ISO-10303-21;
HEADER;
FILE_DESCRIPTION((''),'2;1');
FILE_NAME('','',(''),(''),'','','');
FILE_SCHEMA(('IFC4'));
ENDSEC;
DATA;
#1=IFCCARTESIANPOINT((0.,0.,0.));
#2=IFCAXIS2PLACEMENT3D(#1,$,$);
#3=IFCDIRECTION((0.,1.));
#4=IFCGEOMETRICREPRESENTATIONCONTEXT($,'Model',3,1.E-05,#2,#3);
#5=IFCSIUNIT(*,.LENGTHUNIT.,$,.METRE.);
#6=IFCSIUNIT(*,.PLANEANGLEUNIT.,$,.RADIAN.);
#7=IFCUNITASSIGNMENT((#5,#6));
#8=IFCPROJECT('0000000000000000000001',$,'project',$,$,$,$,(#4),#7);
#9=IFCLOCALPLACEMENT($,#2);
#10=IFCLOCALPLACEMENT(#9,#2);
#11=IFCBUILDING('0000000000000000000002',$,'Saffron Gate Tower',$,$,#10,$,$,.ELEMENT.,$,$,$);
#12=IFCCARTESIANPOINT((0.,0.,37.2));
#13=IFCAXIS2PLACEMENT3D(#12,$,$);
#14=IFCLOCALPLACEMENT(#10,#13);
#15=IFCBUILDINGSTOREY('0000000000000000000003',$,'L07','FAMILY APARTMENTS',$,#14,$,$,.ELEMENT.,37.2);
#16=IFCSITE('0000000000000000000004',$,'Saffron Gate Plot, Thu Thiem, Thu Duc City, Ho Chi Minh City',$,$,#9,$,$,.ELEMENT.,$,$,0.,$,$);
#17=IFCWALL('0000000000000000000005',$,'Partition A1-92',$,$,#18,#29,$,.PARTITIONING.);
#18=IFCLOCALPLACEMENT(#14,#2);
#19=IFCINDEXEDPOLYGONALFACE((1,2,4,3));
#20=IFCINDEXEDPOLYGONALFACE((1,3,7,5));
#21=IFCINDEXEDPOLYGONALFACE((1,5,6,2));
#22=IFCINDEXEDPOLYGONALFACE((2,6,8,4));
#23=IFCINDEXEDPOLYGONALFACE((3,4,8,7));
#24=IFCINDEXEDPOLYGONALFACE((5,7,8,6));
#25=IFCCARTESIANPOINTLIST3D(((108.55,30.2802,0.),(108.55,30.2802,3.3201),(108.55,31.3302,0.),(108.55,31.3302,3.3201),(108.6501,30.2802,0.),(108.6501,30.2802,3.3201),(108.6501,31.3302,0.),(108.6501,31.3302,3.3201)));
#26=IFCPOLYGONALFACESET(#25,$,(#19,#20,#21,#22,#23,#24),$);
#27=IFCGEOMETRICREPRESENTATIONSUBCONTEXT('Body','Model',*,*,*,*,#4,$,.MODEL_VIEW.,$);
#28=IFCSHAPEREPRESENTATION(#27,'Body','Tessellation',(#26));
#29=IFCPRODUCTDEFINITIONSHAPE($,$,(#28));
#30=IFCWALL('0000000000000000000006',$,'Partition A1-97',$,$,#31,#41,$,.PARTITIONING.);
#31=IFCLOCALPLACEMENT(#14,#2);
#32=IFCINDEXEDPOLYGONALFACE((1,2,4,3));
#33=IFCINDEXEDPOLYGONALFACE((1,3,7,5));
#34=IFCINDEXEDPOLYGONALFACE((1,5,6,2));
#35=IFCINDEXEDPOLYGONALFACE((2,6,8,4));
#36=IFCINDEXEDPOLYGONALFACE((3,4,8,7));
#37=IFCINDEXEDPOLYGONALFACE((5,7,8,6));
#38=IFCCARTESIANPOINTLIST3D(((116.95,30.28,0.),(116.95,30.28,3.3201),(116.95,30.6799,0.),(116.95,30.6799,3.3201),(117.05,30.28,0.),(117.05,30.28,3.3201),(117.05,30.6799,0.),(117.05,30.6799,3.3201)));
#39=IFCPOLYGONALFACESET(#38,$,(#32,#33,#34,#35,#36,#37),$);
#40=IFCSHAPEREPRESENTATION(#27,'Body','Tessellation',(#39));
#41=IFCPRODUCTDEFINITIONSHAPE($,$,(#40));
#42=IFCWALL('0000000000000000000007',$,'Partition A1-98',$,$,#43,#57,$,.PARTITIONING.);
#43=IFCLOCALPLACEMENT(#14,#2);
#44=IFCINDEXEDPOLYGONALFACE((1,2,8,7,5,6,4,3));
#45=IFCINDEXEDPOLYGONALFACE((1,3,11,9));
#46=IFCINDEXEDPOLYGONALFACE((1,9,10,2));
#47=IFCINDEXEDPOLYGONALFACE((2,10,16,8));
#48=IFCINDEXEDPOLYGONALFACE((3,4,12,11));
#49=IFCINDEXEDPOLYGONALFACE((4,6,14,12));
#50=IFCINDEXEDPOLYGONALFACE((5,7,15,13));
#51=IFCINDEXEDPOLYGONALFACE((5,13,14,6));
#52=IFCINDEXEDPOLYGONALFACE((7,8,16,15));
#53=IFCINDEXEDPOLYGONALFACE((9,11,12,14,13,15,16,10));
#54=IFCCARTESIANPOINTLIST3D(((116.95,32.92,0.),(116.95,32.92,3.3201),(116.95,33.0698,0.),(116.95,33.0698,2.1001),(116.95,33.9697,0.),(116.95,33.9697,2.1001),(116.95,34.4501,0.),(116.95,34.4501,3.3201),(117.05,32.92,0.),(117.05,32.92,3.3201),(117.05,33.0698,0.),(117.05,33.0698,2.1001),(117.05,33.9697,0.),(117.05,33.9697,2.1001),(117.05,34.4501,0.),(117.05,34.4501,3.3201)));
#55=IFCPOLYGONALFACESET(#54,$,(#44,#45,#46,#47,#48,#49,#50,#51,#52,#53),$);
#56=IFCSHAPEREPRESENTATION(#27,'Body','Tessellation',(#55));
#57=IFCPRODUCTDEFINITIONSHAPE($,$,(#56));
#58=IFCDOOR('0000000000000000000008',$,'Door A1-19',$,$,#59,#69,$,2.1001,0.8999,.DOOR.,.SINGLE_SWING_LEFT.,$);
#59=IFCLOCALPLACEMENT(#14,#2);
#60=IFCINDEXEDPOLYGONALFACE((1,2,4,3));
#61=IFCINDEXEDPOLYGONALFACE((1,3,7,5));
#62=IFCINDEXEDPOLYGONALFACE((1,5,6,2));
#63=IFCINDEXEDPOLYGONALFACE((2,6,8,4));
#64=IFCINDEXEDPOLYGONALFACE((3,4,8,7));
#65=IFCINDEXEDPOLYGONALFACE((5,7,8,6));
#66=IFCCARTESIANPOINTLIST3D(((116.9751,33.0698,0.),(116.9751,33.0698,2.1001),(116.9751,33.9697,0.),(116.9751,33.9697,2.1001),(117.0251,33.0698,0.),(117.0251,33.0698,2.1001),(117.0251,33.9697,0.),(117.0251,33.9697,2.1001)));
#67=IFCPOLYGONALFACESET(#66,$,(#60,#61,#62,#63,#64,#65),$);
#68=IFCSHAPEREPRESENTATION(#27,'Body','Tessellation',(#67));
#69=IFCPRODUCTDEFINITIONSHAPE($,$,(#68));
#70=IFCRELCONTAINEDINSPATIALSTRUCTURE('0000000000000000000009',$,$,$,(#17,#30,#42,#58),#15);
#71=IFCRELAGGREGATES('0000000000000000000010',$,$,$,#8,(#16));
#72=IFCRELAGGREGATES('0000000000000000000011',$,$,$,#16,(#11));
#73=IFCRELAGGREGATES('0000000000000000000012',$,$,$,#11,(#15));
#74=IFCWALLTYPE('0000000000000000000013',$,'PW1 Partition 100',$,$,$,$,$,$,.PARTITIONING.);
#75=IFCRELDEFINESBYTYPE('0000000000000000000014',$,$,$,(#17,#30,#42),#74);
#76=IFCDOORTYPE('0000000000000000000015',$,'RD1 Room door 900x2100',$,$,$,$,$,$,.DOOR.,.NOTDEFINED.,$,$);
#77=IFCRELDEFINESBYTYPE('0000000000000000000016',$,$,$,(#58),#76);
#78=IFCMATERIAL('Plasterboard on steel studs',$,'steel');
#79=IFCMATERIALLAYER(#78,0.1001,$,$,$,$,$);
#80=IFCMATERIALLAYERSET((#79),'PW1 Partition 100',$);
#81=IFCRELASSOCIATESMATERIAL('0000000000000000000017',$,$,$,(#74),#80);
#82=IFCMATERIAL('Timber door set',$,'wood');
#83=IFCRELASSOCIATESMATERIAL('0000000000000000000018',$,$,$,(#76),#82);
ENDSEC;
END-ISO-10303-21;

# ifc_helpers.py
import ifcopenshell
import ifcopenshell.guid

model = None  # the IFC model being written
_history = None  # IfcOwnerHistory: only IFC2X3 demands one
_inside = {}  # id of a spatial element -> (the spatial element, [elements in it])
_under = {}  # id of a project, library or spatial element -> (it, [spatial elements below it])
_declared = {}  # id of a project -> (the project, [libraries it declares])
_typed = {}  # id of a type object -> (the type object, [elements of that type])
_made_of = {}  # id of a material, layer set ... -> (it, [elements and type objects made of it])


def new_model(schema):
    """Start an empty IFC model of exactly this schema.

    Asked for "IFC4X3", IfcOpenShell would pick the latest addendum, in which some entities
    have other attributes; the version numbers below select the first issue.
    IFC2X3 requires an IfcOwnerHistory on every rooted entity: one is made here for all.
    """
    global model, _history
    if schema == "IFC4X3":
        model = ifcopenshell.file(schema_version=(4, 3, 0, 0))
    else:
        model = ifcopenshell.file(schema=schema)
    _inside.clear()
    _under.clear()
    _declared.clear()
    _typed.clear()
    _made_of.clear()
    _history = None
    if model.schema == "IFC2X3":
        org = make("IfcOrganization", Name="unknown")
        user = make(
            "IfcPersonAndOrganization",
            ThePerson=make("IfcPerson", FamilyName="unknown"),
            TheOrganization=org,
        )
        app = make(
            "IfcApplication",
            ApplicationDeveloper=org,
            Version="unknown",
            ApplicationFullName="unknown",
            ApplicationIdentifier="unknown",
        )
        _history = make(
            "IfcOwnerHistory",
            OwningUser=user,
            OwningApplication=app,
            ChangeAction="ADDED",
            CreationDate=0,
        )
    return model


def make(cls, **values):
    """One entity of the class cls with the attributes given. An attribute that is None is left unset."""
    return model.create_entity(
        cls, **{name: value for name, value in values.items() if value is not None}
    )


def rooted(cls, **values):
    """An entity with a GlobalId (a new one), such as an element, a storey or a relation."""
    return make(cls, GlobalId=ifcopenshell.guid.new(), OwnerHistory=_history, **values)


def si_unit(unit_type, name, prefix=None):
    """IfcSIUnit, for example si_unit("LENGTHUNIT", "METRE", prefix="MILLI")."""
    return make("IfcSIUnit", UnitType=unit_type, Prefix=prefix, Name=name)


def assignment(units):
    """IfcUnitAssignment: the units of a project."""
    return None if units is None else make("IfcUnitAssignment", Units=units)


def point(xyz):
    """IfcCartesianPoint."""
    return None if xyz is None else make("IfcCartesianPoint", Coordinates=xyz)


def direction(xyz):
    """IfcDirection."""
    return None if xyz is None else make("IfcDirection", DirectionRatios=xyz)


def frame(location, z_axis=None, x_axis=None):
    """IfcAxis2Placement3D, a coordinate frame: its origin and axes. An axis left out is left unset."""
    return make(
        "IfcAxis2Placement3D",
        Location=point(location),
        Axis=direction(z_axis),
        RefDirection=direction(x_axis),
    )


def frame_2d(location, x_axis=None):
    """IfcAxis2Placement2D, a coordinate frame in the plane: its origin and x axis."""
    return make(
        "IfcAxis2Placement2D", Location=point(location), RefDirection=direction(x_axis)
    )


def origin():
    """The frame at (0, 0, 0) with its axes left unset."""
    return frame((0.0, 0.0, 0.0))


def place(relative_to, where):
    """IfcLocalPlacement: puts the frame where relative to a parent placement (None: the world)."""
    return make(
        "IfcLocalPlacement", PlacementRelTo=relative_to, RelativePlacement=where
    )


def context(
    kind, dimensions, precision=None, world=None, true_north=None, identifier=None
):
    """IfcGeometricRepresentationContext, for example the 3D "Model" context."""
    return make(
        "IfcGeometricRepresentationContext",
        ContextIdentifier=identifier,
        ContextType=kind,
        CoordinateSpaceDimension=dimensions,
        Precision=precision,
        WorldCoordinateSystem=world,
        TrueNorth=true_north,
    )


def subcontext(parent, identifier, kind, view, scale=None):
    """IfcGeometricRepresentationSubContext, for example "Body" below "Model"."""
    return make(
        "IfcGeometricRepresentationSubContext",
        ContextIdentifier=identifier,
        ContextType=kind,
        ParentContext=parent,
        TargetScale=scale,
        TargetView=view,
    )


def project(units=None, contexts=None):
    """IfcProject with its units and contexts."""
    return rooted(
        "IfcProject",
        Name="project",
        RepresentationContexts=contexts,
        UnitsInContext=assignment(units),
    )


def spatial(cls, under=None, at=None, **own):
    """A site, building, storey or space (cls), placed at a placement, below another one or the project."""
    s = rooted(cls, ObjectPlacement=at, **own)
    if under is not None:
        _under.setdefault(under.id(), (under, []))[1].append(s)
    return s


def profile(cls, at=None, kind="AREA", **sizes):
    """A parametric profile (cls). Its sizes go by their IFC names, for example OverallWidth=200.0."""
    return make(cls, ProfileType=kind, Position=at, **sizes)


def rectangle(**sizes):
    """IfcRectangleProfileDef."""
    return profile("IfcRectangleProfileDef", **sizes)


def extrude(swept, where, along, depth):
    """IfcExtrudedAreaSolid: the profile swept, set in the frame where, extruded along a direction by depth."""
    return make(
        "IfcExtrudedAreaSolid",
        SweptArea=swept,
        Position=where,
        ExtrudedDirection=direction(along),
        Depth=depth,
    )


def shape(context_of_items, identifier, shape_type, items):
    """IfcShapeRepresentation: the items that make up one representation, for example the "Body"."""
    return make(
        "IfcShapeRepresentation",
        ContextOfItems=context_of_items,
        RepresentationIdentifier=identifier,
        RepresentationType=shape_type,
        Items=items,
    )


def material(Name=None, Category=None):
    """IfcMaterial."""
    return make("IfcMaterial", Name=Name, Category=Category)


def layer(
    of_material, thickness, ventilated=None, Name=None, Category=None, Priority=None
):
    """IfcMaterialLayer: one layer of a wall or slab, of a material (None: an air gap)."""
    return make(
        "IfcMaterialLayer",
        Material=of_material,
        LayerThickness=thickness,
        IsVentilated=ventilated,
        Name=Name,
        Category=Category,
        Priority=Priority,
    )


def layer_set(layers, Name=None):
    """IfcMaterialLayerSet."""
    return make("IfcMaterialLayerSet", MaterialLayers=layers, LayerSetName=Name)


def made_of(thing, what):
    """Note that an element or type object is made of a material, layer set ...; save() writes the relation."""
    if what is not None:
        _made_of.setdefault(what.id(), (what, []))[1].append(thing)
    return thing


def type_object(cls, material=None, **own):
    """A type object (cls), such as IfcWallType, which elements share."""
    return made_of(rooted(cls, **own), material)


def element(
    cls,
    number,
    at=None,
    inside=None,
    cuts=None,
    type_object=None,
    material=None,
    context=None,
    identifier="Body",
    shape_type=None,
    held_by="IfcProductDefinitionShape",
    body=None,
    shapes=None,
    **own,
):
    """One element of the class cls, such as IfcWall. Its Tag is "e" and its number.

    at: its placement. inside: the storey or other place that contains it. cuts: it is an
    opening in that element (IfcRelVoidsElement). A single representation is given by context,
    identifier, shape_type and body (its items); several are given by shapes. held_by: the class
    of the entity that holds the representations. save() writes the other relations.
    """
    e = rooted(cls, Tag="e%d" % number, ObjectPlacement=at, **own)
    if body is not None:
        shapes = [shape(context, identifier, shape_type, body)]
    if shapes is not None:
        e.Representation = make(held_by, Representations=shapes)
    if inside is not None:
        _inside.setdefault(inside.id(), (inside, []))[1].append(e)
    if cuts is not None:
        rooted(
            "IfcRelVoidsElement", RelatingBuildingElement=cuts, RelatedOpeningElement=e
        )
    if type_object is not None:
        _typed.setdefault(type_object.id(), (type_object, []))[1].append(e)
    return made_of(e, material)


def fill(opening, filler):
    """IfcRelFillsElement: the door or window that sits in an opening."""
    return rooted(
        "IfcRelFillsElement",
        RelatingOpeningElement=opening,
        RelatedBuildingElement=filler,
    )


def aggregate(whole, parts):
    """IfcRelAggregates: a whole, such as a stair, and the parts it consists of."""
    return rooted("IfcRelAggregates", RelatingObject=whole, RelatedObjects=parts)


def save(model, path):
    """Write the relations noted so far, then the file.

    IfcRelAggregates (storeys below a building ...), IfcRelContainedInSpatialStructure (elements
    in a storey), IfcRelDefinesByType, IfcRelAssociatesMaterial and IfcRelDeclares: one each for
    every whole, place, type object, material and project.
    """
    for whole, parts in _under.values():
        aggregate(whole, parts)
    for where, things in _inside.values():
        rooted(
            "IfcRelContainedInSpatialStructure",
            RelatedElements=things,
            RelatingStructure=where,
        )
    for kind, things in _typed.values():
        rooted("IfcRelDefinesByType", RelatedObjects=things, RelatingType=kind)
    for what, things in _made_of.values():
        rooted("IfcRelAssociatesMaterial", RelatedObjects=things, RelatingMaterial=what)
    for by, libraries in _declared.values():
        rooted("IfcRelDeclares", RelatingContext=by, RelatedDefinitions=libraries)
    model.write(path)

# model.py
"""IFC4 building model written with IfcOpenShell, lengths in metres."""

from ifc_helpers import new_model, si_unit, direction, frame, frame_2d, origin, place, context, subcontext, project, spatial, rectangle, extrude, material, layer, layer_set, type_object, element, fill, save


model = new_model("IFC4")

# Units and contexts
model_context = context("Model", 3, precision=1e-05, world=origin(), true_north=direction((0.0, 1.0)))
body_context = subcontext(model_context, "Body", "Model", "MODEL_VIEW")
ifc_project = project(units=[si_unit("LENGTHUNIT", "METRE"), si_unit("PLANEANGLEUNIT", "RADIAN")], contexts=[model_context])

# Site, building, storey
site_placement = place(None, origin())
site = spatial("IfcSite", under=ifc_project, at=site_placement, Name="Saffron Gate Plot, Thu Thiem, Thu Duc City, Ho Chi Minh City", CompositionType="ELEMENT", RefElevation=0.0)
building_placement = place(site_placement, origin())
building = spatial("IfcBuilding", under=site, at=building_placement, Name="Saffron Gate Tower", CompositionType="ELEMENT")
storey_placement = place(building_placement, frame((0.0, 0.0, 37.2)))
storey = spatial("IfcBuildingStorey", under=building, at=storey_placement, Name="L07", Description="FAMILY APARTMENTS", CompositionType="ELEMENT", Elevation=37.2)

# Walls
ifc_material_1 = material(Name="Plasterboard on steel studs", Category="steel")
ifc_layer_1 = layer(ifc_material_1, 0.1001)
ifc_layer_set_1 = layer_set([ifc_layer_1], Name="PW1 Partition 100")
wall_type = type_object("IfcWallType", Name="PW1 Partition 100", PredefinedType="PARTITIONING", material=ifc_layer_set_1)
wall_1_placement = place(storey_placement, frame((108.6001, 31.3301, 0.0), z_axis=(0.0, 0.0, 1.0), x_axis=(0.0, -1.0, 0.0)))
element("IfcWall", 1, at=wall_1_placement, inside=storey, type_object=wall_type, Name="Partition A1-92", PredefinedType="PARTITIONING", context=body_context, shape_type="SweptSolid", body=[
    extrude(rectangle(XDim=1.05, YDim=0.1001, at=frame_2d((0.5249, 0.0))), origin(), (0.0, 0.0, 1.0), 3.3201),
])
wall_2_placement = place(storey_placement, frame((117.0, 30.6799, 0.0), z_axis=(0.0, 0.0, 1.0), x_axis=(0.0, -1.0, 0.0)))
element("IfcWall", 2, at=wall_2_placement, inside=storey, type_object=wall_type, Name="Partition A1-97", PredefinedType="PARTITIONING", context=body_context, shape_type="SweptSolid", body=[
    extrude(rectangle(XDim=0.3999, YDim=0.1001, at=frame_2d((0.2, 0.0))), origin(), (0.0, 0.0, 1.0), 3.3201),
])

# Wall, opening, door
wall_3_placement = place(storey_placement, frame((117.0, 32.9199, 0.0), z_axis=(0.0, 0.0, 1.0), x_axis=(0.0, 1.0, 0.0)))
wall_3 = element("IfcWall", 3, at=wall_3_placement, inside=storey, type_object=wall_type, Name="Partition A1-98", PredefinedType="PARTITIONING", context=body_context, shape_type="SweptSolid", body=[
    extrude(rectangle(XDim=1.53, YDim=0.1001, at=frame_2d((0.7651, 0.0))), origin(), (0.0, 0.0, 1.0), 3.3201),
])
opening_placement = place(wall_3_placement, frame((0.1499, 0.0, 0.0)))
opening = element("IfcOpeningElement", 4, at=opening_placement, cuts=wall_3, PredefinedType="OPENING", context=body_context, shape_type="SweptSolid", body=[
    extrude(rectangle(XDim=0.8999, YDim=2.1001, at=frame_2d((0.45, 1.05))), frame((0.0, 0.0601, 0.0), z_axis=(0.0, -1.0, 0.0), x_axis=(1.0, 0.0, 0.0)), (0.0, 0.0, 1.0), 0.1201),
])
ifc_material_2 = material(Name="Timber door set", Category="wood")
door_type = type_object("IfcDoorType", Name="RD1 Room door 900x2100", OperationType="NOTDEFINED", PredefinedType="DOOR", material=ifc_material_2)
door_placement = place(opening_placement, origin())
door = element("IfcDoor", 5, at=door_placement, inside=storey, type_object=door_type, Name="Door A1-19", OperationType="SINGLE_SWING_LEFT", OverallHeight=2.1001, OverallWidth=0.8999, PredefinedType="DOOR", context=body_context, shape_type="SweptSolid", body=[
    extrude(rectangle(XDim=0.8999, YDim=2.1001, at=frame_2d((0.45, 1.05))), frame((0.0, 0.0249, 0.0), z_axis=(0.0, -1.0, 0.0), x_axis=(1.0, 0.0, 0.0)), (0.0, 0.0, 1.0), 0.05),
])
fill(opening, door)

save(model, "model.ifc")
